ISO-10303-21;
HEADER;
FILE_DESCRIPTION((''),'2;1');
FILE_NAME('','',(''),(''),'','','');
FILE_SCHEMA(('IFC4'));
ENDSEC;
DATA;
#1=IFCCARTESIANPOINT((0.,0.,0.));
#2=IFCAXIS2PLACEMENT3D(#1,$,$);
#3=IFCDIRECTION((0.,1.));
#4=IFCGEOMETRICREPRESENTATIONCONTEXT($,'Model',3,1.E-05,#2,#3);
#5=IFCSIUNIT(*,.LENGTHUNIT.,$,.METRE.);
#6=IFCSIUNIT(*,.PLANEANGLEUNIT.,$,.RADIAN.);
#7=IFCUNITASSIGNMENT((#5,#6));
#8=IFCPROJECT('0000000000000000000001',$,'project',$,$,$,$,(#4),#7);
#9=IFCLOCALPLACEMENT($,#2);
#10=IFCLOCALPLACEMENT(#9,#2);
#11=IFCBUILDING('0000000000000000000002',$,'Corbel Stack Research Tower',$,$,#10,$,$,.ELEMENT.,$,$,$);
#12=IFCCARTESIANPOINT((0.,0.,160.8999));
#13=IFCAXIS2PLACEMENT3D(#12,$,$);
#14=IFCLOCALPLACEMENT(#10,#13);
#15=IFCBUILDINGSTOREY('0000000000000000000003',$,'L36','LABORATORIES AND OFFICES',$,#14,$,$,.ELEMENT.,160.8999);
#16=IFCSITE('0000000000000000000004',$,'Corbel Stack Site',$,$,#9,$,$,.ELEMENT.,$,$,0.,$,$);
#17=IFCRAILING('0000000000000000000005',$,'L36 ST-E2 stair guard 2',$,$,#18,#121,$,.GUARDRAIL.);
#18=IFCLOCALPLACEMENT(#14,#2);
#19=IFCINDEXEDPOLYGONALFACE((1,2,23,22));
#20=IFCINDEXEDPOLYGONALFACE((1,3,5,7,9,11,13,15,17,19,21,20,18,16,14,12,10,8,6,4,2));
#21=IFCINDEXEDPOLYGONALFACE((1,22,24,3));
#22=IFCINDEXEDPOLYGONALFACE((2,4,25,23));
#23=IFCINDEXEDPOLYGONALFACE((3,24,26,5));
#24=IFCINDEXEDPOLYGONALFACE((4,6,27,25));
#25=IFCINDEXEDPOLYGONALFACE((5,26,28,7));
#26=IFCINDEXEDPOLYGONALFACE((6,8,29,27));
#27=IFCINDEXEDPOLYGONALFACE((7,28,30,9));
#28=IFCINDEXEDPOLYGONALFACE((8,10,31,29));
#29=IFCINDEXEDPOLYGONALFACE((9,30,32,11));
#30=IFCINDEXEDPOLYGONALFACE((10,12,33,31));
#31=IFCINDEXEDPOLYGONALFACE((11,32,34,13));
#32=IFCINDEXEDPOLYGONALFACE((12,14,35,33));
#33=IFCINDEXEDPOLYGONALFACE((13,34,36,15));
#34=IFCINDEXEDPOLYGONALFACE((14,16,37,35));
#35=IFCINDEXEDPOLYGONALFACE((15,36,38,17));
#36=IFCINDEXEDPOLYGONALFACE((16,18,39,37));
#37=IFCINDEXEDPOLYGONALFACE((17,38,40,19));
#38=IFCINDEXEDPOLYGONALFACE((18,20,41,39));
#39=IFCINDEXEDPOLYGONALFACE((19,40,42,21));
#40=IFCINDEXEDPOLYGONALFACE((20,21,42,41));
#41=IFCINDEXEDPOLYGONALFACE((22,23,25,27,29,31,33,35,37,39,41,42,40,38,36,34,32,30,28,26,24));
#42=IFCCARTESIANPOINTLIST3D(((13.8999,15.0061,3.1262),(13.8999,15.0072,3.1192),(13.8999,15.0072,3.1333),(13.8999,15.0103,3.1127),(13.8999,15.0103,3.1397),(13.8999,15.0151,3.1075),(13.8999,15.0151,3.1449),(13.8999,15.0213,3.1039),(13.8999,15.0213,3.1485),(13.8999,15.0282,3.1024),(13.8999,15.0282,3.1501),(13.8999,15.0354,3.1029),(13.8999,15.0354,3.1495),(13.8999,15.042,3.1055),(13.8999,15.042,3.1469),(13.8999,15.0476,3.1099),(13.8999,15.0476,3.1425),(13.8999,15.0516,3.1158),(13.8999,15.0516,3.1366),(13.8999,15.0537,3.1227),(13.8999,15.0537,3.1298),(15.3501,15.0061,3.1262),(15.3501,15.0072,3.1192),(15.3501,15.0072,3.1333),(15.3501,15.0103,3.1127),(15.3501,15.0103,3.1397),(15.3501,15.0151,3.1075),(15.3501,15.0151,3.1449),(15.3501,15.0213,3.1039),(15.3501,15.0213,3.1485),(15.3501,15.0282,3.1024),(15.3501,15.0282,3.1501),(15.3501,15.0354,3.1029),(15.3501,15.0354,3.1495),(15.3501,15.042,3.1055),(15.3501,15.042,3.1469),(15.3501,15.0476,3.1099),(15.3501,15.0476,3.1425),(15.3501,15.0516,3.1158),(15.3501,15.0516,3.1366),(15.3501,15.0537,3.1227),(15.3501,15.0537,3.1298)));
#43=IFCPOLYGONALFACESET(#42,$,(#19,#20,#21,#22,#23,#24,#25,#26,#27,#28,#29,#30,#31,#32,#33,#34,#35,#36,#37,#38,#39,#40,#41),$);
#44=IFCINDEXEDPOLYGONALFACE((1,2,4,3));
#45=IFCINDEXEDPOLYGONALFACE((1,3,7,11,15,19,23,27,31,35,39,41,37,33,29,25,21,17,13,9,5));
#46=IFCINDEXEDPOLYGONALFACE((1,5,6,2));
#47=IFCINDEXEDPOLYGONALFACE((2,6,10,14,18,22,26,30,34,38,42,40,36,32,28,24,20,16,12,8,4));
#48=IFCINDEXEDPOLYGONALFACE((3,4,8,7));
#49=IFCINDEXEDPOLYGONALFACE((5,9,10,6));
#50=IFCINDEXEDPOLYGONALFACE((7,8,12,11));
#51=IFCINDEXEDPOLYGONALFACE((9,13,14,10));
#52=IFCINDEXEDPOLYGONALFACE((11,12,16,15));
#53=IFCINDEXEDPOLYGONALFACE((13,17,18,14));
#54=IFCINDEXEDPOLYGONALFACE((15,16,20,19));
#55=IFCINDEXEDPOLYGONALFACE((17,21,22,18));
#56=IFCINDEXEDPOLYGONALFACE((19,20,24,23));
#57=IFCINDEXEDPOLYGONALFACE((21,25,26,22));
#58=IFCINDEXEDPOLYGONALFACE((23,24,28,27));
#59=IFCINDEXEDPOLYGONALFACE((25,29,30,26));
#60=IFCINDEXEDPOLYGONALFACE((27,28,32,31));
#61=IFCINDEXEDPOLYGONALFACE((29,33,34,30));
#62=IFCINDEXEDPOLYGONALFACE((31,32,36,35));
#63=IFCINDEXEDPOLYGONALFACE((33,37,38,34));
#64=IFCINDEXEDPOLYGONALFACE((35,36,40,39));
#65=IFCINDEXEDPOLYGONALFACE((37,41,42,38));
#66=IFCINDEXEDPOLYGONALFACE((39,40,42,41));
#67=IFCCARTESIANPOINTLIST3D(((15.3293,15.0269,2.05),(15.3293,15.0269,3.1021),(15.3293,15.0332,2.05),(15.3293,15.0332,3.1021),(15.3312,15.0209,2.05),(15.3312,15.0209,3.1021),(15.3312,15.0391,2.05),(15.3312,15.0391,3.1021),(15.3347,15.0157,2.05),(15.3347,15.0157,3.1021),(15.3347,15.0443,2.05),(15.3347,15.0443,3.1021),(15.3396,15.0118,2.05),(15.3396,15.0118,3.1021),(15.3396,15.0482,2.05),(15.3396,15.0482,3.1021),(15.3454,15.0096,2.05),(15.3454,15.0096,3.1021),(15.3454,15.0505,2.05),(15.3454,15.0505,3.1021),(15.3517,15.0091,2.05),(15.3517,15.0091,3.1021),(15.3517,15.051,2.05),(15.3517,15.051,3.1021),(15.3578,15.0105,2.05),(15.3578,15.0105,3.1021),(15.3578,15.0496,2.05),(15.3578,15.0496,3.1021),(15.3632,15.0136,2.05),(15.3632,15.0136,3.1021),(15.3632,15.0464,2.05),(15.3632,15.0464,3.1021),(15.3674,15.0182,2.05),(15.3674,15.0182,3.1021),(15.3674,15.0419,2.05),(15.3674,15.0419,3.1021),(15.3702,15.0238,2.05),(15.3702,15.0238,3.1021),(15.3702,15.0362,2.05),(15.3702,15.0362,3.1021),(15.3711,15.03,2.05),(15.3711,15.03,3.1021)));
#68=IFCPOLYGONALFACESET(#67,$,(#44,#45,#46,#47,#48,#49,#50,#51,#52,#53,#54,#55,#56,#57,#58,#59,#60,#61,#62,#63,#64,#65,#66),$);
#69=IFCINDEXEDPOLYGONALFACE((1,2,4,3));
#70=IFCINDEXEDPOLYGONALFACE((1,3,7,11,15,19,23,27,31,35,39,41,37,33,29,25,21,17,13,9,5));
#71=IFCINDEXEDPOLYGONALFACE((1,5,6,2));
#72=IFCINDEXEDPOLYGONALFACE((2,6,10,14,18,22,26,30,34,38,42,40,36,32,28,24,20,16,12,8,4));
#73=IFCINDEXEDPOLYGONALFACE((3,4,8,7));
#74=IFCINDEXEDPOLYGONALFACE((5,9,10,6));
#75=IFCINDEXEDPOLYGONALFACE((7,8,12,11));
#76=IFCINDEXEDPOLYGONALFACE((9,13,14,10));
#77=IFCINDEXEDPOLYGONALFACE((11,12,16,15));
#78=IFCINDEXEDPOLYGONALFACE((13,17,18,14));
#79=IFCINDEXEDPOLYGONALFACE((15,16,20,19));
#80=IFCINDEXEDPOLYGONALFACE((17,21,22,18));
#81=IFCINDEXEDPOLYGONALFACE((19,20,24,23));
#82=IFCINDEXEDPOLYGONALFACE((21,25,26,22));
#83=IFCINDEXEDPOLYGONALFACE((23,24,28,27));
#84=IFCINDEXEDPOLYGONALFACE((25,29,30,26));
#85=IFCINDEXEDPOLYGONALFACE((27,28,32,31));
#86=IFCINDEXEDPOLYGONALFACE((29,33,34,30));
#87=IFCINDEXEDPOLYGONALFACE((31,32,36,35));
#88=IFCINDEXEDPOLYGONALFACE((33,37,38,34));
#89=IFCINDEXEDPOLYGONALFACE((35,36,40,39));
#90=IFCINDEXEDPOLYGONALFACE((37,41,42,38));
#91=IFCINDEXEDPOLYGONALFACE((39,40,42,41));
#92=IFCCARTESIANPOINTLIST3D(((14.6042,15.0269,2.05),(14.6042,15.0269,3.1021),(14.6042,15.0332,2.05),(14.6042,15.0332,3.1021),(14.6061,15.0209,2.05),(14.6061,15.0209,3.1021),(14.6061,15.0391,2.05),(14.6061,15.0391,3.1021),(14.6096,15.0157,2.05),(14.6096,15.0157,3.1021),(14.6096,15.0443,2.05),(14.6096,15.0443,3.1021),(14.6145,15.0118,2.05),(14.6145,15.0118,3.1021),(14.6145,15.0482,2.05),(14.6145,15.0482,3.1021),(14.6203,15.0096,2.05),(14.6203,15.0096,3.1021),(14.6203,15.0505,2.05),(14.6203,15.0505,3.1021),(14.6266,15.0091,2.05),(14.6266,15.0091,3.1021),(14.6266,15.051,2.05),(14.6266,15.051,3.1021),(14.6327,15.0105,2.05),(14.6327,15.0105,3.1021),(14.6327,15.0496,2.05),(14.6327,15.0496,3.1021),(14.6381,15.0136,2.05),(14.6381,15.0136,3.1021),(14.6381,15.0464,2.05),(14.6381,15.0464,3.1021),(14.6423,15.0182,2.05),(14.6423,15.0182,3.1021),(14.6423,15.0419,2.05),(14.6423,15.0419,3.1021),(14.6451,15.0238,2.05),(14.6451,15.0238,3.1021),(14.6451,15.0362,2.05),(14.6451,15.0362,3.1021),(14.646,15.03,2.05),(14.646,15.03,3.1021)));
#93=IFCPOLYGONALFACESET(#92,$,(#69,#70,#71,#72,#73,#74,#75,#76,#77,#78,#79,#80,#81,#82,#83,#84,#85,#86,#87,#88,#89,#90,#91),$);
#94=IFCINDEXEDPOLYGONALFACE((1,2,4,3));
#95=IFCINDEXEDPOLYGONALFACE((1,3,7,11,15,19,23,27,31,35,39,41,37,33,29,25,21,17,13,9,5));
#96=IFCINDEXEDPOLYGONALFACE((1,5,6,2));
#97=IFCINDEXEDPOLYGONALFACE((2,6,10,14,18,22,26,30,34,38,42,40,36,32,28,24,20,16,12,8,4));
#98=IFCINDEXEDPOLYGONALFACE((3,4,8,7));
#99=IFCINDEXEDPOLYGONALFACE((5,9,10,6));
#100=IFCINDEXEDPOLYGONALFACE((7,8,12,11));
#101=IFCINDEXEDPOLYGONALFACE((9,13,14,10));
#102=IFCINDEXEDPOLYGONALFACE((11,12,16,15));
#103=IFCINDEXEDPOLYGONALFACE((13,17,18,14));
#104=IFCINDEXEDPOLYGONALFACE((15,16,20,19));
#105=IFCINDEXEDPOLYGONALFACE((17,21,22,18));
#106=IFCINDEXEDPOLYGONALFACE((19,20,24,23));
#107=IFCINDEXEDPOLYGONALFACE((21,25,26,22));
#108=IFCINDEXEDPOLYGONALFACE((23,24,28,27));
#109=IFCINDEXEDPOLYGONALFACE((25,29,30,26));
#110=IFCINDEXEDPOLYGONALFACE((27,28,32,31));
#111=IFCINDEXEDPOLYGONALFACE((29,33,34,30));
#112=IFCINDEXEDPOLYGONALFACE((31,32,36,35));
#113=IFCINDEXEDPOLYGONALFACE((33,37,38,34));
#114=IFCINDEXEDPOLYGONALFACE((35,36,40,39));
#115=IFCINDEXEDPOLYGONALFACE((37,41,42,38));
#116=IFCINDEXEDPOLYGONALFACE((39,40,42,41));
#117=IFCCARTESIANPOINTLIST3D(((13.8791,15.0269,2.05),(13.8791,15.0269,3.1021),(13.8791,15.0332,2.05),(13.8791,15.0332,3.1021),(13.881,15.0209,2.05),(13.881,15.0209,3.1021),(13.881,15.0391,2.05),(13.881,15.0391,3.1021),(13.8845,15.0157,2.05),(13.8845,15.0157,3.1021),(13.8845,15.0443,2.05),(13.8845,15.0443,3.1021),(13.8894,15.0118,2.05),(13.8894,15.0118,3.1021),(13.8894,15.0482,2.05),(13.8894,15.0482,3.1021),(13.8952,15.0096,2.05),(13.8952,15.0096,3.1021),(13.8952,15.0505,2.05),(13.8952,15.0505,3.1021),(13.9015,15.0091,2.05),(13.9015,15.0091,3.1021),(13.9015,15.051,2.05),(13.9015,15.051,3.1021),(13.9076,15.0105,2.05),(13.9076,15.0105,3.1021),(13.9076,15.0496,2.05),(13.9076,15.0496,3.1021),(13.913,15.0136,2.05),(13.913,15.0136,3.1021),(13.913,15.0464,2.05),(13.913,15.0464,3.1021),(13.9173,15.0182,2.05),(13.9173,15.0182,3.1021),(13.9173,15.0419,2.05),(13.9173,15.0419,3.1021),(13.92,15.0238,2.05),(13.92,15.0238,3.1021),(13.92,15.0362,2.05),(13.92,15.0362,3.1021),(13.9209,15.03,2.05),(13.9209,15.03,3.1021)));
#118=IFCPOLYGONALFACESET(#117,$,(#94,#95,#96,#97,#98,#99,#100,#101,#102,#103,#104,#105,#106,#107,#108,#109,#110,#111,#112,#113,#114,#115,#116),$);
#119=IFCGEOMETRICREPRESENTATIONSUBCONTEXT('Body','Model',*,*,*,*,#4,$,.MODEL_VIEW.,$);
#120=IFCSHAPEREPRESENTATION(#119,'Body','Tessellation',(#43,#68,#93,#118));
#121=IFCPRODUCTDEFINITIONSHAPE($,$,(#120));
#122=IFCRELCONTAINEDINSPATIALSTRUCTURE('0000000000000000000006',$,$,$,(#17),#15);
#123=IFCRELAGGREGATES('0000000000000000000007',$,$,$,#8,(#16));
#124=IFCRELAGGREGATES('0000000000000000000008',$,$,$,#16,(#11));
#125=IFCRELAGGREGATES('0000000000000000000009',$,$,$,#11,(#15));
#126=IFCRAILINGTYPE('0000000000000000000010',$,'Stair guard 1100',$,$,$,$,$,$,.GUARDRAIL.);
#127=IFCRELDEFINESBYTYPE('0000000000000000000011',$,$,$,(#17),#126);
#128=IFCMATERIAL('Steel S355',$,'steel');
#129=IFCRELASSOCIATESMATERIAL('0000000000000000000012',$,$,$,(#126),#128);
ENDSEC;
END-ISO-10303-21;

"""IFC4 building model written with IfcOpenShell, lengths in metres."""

from ifc_helpers import new_model, si_unit, direction, frame, origin, origin_2d, place, context, subcontext, project, spatial, circle, extrude, material, type_object, element, save


model = new_model("IFC4")

# Units and contexts
model_context = context("Model", 3, precision=1e-05, world=origin(), true_north=direction((0.0, 1.0)))
body_context = subcontext(model_context, "Body", "Model", "MODEL_VIEW")
ifc_project = project(units=[si_unit("LENGTHUNIT", "METRE"), si_unit("PLANEANGLEUNIT", "RADIAN")], contexts=[model_context])

# Site, building, storey
site_placement = place(None, origin())
site = spatial("IfcSite", under=ifc_project, at=site_placement, Name="Corbel Stack Site", CompositionType="ELEMENT", RefElevation=0.0)
building_placement = place(site_placement, origin())
building = spatial("IfcBuilding", under=site, at=building_placement, Name="Corbel Stack Research Tower", CompositionType="ELEMENT")
storey_placement = place(building_placement, frame((0.0, 0.0, 160.8999)))
storey = spatial("IfcBuildingStorey", under=building, at=storey_placement, Name="L36", Description="LABORATORIES AND OFFICES", CompositionType="ELEMENT", Elevation=160.8999)

# Railing
ifc_material_1 = material(Name="Steel S355", Category="steel")
railing_type_1 = type_object("IfcRailingType", Name="Stair guard 1100", PredefinedType="GUARDRAIL", material=ifc_material_1)
railing_1_placement = place(storey_placement, frame((15.3501, 15.03, 2.05)))
element("IfcRailing", 1, at=railing_1_placement, inside=storey, type_object=railing_type_1, Name="L36 ST-E2 stair guard 2", PredefinedType="GUARDRAIL", context=body_context, shape_type="SweptSolid", body=[
    extrude(circle(Radius=0.0239, at=origin_2d()), frame((0.0, 0.0, 1.0762), z_axis=(-1.0, 0.0, 0.0), x_axis=(0.0, -1.0, 0.0)), (0.0, 0.0, 1.0), 1.4502),
    extrude(circle(Radius=0.021, at=origin_2d()), origin(), (0.0, 0.0, 1.0), 1.052),
    extrude(circle(Radius=0.021, at=origin_2d()), frame((-0.7251, 0.0, 0.0)), (0.0, 0.0, 1.0), 1.052),
    extrude(circle(Radius=0.021, at=origin_2d()), frame((-1.4502, 0.0, 0.0)), (0.0, 0.0, 1.0), 1.052),
])

save(model, "model.ifc")
